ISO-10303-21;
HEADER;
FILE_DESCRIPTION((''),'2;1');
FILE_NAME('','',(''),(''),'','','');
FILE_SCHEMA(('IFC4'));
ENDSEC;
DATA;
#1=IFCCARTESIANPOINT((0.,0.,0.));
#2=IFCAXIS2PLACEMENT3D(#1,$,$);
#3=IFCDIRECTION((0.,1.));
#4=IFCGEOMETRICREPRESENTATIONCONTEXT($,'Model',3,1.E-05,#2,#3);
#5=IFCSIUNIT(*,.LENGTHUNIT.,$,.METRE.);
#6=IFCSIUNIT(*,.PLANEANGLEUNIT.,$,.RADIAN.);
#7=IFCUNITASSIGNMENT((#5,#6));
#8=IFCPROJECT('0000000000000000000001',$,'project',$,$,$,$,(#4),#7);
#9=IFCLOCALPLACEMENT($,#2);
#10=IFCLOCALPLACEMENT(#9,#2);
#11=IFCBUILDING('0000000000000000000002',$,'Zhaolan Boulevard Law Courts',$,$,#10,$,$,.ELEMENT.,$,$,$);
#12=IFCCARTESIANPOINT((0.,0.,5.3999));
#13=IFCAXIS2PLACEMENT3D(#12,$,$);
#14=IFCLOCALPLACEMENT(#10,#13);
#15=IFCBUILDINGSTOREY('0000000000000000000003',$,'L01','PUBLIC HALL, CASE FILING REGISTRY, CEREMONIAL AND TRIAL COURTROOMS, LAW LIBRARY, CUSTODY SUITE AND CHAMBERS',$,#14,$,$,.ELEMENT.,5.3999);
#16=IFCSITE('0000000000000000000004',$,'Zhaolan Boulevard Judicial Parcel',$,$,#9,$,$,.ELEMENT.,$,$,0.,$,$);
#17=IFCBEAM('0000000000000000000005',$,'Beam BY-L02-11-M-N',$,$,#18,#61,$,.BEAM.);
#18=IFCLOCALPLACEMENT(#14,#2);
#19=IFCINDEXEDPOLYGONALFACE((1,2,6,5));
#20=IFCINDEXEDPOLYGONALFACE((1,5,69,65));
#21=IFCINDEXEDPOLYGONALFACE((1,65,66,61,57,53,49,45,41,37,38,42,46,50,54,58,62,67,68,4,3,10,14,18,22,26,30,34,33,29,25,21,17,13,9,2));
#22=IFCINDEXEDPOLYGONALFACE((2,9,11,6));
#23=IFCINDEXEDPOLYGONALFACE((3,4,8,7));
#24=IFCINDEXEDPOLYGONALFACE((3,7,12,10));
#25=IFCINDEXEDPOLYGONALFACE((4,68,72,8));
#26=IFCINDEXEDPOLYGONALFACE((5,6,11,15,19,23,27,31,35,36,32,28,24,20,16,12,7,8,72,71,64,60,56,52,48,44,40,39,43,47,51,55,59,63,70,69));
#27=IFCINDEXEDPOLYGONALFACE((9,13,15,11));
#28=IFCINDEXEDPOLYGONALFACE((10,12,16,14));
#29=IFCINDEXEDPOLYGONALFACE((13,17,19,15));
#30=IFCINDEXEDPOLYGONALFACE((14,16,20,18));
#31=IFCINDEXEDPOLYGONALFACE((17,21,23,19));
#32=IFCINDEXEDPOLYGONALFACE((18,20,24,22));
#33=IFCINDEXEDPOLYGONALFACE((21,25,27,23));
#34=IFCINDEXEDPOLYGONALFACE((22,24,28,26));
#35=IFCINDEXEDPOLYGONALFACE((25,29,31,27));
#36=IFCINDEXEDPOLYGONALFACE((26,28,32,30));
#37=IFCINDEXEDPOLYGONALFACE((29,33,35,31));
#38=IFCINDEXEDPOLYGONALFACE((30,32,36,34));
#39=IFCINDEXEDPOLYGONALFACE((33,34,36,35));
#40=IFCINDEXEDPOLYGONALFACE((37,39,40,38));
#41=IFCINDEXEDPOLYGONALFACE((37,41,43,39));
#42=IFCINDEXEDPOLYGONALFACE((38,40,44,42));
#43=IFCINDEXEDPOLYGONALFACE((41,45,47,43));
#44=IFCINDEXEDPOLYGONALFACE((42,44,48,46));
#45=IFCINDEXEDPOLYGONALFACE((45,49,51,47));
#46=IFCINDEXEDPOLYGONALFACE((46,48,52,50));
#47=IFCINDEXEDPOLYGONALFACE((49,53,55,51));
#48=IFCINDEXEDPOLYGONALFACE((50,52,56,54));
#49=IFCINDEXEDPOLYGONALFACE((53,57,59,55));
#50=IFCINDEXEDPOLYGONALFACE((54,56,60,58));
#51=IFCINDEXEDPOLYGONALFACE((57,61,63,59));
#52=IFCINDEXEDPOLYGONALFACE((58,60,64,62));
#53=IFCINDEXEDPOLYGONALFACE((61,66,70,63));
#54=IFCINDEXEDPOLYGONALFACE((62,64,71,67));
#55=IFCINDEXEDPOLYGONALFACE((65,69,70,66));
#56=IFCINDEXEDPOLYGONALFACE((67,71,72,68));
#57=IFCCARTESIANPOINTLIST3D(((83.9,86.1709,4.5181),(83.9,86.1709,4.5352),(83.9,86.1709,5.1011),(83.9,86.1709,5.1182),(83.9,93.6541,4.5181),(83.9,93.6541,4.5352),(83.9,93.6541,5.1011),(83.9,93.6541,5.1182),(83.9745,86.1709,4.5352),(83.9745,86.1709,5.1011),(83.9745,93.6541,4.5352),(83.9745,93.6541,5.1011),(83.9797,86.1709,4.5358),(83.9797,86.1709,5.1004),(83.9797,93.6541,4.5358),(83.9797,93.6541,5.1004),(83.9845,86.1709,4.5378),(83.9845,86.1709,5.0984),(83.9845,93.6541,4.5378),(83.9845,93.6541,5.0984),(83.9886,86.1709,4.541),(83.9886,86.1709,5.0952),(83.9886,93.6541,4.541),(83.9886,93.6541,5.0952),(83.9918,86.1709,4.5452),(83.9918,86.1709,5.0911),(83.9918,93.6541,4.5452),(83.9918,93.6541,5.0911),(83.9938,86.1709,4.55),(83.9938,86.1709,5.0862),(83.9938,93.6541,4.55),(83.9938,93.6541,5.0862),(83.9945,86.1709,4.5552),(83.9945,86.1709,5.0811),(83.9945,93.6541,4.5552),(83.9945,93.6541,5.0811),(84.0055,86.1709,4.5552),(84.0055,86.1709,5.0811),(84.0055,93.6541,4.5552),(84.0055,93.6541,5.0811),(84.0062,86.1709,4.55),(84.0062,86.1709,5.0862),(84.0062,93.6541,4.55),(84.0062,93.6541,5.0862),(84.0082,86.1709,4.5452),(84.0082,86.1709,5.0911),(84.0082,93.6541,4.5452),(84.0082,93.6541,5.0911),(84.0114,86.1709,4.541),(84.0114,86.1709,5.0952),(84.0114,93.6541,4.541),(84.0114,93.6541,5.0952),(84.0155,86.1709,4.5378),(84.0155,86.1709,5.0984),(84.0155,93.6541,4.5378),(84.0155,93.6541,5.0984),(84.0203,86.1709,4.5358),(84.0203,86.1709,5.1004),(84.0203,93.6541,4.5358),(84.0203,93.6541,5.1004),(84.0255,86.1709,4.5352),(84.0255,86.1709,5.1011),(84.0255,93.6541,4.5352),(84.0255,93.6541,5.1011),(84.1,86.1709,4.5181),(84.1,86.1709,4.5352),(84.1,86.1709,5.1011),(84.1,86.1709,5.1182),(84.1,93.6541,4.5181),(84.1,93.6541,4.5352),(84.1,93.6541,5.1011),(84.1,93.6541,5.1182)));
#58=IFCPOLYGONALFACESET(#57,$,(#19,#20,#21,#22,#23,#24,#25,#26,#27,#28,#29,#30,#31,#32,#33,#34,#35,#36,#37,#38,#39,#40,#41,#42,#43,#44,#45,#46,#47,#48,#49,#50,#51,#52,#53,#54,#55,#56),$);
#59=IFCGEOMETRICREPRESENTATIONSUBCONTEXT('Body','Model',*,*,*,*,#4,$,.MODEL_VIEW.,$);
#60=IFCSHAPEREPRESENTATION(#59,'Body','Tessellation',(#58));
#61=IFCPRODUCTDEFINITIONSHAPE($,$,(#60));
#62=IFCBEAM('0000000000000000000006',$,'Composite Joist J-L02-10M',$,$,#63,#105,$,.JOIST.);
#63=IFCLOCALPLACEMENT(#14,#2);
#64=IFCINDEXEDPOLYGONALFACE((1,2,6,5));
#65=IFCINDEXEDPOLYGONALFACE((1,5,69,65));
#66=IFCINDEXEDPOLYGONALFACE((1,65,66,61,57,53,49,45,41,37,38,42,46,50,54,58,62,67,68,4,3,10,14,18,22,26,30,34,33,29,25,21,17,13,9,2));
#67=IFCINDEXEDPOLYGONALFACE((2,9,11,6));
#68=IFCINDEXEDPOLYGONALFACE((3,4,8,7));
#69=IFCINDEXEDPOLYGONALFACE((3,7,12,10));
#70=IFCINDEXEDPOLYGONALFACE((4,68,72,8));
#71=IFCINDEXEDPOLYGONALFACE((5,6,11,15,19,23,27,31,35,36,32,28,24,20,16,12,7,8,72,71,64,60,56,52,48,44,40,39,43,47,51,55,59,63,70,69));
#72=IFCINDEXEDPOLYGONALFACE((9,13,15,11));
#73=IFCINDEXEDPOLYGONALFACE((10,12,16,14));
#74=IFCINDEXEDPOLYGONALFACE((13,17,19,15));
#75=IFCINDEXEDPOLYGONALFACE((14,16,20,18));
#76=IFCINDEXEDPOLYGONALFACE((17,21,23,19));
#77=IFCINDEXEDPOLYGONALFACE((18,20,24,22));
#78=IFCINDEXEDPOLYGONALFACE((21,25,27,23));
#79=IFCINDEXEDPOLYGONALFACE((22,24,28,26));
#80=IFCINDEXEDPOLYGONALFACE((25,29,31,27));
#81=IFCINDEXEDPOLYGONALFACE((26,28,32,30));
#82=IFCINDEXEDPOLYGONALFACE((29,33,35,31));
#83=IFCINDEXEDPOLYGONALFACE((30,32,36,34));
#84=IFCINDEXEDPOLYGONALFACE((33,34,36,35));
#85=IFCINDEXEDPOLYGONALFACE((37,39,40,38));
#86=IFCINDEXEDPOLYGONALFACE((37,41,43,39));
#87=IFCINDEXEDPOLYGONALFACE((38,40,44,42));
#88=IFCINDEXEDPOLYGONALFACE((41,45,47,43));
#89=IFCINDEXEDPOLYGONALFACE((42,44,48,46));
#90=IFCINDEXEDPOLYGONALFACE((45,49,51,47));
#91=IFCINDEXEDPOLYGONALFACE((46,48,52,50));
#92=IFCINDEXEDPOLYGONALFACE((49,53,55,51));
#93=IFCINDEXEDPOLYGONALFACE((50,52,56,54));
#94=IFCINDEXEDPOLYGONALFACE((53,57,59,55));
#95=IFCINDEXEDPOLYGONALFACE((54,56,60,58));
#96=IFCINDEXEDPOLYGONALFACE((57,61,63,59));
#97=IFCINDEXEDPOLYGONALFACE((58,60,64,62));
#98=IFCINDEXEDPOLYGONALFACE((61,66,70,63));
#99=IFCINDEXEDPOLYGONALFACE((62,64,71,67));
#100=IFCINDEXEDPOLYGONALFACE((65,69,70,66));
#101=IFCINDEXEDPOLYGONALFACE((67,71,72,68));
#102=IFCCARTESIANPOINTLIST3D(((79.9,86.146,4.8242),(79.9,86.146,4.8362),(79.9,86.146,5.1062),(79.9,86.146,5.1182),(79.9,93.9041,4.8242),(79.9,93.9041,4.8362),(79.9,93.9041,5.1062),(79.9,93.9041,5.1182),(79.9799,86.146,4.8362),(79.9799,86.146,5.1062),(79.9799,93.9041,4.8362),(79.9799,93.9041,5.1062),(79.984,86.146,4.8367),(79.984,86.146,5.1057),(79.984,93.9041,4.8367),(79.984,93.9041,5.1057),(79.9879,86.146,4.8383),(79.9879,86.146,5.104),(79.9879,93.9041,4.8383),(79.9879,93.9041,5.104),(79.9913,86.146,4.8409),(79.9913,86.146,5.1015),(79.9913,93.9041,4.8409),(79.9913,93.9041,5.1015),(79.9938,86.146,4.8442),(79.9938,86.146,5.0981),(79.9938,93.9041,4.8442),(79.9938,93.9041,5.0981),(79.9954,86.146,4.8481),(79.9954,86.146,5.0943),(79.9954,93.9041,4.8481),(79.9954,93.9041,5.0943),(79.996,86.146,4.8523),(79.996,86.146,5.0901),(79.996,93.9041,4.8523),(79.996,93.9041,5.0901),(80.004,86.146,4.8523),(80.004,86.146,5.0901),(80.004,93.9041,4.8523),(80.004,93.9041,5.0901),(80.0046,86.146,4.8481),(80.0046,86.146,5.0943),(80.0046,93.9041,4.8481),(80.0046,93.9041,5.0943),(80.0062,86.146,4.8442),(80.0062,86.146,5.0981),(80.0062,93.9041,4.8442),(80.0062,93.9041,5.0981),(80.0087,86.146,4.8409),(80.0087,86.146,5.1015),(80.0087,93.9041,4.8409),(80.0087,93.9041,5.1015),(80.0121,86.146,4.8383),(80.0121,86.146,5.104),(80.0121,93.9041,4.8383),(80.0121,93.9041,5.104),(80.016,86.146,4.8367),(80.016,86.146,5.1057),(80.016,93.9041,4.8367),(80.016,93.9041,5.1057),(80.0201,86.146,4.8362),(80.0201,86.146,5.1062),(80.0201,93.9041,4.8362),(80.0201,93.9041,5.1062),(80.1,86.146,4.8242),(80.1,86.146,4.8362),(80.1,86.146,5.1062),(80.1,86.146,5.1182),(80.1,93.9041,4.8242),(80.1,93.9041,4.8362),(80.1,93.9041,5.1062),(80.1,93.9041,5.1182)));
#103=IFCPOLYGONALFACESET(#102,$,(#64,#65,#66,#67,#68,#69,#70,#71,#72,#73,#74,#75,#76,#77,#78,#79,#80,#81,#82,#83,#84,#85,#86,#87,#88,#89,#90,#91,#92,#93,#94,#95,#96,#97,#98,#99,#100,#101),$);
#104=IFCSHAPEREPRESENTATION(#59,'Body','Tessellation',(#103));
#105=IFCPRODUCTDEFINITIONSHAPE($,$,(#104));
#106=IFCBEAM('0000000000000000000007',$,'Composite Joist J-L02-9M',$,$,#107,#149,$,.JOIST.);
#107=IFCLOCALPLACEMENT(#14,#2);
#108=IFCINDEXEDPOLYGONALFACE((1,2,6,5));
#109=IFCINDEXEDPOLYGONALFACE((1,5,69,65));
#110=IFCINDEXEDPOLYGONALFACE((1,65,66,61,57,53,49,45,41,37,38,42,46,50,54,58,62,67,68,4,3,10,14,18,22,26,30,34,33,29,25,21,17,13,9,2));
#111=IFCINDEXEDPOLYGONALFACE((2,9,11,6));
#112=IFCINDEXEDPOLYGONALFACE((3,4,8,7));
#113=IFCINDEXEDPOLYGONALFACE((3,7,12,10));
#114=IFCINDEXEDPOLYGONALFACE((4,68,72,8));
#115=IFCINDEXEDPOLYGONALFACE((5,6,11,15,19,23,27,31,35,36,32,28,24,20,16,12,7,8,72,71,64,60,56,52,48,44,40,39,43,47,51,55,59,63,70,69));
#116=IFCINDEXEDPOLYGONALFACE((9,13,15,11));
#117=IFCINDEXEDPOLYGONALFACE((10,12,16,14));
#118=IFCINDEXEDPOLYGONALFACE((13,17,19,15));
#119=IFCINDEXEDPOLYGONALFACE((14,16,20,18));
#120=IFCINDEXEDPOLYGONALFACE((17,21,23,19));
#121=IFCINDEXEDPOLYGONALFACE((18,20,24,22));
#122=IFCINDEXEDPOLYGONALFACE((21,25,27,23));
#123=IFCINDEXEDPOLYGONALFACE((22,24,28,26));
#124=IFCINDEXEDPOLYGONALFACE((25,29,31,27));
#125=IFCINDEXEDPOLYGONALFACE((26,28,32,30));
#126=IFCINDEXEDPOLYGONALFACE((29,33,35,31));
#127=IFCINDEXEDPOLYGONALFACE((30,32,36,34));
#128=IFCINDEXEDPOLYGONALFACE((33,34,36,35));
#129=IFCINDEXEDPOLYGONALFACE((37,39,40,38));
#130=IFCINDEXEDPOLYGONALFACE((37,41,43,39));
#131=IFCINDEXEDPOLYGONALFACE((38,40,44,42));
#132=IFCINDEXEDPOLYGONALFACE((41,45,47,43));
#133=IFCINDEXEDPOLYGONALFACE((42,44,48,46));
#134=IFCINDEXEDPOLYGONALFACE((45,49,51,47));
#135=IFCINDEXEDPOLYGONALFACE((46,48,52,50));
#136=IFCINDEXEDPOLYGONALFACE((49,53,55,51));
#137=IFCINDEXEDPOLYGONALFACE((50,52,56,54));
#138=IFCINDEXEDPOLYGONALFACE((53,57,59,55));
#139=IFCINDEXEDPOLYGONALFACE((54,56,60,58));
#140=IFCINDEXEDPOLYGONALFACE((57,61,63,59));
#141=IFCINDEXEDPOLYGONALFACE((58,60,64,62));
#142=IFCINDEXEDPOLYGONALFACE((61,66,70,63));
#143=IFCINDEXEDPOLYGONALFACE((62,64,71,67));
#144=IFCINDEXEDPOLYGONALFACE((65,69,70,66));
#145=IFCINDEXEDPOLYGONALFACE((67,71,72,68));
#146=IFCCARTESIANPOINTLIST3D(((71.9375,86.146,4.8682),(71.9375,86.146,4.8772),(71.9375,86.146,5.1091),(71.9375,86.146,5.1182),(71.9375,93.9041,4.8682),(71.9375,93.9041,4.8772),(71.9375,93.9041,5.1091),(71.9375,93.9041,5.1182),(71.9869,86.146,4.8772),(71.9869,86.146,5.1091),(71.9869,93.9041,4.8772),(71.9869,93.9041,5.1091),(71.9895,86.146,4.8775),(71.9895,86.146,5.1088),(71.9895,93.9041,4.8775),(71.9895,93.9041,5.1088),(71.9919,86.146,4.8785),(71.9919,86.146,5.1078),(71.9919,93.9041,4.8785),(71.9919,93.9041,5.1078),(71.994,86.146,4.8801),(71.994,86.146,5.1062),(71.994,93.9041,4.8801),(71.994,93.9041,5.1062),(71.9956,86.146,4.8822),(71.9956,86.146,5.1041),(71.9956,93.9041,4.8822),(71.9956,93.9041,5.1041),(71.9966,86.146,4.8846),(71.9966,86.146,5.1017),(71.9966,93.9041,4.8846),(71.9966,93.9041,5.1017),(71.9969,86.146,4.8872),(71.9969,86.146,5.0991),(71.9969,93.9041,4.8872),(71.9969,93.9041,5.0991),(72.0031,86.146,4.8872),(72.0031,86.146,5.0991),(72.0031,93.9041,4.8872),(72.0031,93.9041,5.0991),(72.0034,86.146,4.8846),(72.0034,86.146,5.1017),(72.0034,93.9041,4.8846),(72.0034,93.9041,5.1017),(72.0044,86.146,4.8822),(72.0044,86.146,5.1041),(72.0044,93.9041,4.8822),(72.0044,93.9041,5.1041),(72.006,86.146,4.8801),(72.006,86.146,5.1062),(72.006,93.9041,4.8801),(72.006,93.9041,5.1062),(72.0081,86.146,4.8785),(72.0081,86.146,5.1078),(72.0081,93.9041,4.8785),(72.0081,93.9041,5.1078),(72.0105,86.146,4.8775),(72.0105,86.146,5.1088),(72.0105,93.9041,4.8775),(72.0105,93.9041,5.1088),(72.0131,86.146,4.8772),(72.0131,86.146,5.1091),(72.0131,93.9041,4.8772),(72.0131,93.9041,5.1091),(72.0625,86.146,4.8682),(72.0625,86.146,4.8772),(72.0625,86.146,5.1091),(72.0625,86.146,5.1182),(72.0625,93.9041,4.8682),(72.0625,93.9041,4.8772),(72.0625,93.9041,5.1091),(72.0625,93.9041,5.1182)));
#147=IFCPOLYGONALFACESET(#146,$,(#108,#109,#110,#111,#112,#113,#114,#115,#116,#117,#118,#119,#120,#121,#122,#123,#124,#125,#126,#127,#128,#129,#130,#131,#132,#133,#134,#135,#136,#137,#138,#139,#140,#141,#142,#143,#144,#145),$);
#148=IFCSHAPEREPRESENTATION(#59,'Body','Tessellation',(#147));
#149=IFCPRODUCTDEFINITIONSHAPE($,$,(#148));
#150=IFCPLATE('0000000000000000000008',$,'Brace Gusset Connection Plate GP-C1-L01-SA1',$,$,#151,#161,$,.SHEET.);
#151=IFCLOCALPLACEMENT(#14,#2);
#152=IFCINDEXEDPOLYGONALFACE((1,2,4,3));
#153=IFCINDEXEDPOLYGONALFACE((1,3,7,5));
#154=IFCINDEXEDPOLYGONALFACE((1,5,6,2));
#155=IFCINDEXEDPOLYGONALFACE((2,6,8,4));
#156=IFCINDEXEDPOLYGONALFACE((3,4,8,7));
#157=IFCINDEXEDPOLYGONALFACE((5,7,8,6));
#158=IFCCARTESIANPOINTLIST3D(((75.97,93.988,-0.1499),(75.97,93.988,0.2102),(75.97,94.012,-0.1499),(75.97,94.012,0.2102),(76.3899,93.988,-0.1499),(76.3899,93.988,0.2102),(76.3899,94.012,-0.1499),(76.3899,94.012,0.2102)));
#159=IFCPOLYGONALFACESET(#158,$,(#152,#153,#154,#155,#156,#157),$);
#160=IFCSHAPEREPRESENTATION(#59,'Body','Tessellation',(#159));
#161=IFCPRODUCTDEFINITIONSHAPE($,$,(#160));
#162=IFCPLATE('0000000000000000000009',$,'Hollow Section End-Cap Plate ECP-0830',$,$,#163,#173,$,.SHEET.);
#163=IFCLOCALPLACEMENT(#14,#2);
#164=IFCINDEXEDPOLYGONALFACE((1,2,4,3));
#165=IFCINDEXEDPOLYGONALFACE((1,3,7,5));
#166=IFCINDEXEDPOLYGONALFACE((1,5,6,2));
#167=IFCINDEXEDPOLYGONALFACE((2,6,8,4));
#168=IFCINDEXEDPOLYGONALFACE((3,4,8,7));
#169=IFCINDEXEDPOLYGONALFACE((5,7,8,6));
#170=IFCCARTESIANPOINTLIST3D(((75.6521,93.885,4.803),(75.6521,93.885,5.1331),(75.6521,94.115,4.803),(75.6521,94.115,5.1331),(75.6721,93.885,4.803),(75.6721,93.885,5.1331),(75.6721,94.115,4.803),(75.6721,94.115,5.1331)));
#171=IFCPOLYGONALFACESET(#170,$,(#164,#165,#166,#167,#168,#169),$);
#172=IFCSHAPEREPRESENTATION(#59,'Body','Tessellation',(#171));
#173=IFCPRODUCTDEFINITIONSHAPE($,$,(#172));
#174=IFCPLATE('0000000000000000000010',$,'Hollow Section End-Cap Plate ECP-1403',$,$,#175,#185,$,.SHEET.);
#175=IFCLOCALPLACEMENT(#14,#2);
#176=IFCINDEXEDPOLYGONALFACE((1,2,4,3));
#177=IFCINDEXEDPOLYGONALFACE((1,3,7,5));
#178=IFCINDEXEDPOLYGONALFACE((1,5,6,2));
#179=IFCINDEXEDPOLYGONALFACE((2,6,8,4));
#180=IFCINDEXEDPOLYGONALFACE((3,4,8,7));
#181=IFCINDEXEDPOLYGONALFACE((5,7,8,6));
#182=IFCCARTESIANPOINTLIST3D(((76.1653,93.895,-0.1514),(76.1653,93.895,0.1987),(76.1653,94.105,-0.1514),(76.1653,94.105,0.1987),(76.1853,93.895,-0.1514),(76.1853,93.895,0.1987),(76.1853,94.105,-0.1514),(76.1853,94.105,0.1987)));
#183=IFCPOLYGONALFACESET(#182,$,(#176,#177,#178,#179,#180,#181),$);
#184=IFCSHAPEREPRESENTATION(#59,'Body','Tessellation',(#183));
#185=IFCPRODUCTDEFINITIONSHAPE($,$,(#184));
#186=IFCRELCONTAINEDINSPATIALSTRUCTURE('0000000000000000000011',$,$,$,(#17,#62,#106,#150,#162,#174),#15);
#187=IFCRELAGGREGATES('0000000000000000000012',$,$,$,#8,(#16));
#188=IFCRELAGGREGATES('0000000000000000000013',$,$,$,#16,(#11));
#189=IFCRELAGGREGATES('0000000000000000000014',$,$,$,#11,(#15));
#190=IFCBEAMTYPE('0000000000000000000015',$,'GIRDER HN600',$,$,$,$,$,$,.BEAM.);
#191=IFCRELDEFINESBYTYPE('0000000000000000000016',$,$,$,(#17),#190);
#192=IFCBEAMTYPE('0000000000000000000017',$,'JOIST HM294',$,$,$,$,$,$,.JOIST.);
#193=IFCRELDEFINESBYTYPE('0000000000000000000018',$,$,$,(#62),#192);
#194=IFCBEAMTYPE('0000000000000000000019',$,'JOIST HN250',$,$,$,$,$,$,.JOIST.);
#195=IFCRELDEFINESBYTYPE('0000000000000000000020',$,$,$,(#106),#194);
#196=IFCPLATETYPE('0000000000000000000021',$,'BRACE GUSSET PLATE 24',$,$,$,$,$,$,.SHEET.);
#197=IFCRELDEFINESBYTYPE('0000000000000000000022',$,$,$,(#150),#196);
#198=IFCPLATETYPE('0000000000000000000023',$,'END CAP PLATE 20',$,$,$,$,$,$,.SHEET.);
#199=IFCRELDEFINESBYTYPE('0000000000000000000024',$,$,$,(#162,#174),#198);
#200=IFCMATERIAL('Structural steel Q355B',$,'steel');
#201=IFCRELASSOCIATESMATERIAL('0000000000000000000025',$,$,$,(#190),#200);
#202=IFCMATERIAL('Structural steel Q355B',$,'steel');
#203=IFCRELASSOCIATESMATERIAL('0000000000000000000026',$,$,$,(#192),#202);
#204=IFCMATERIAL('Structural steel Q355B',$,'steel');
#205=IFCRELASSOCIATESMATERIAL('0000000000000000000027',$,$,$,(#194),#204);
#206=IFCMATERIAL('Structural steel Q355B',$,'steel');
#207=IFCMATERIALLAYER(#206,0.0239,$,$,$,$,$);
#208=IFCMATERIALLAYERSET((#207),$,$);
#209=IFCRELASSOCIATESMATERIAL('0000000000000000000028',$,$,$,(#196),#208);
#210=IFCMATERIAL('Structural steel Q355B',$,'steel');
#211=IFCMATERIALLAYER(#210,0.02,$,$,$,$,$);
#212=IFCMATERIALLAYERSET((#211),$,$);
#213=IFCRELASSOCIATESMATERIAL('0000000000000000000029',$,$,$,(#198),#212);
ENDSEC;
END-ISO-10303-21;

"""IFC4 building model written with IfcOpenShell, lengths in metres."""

from ifc_helpers import new_model, si_unit, direction, frame, origin, origin_2d, place, context, subcontext, project, spatial, rectangle, i_section, extrude, material, layer, layer_set, material_profile, profile_set, type_object, element, save


model = new_model("IFC4")

# Units and contexts
model_context = context("Model", 3, precision=1e-05, world=origin(), true_north=direction((0.0, 1.0)))
body_context = subcontext(model_context, "Body", "Model", "MODEL_VIEW")
ifc_project = project(units=[si_unit("LENGTHUNIT", "METRE"), si_unit("PLANEANGLEUNIT", "RADIAN")], contexts=[model_context])

# Site, building, storey
site_placement = place(None, origin())
site = spatial("IfcSite", under=ifc_project, at=site_placement, Name="Zhaolan Boulevard Judicial Parcel", CompositionType="ELEMENT", RefElevation=0.0)
building_placement = place(site_placement, origin())
building = spatial("IfcBuilding", under=site, at=building_placement, Name="Zhaolan Boulevard Law Courts", CompositionType="ELEMENT")
storey_placement = place(building_placement, frame((0.0, 0.0, 5.3999)))
storey = spatial("IfcBuildingStorey", under=building, at=storey_placement, Name="L01", Description="PUBLIC HALL, CASE FILING REGISTRY, CEREMONIAL AND TRIAL COURTROOMS, LAW LIBRARY, CUSTODY SUITE AND CHAMBERS", CompositionType="ELEMENT", Elevation=5.3999)

# Beams
ifc_material_1 = material(Name="Structural steel Q355B", Category="steel")
ifc_material_profile_1 = material_profile(ifc_material_1, i_section(OverallWidth=0.2, OverallDepth=0.6001, WebThickness=0.011, FlangeThickness=0.0171, FilletRadius=0.02, at=origin_2d()), Name="HN600x200")
ifc_profile_set_1 = profile_set([ifc_material_profile_1], Name="Structural steel Q355B")
beam_type_1 = type_object("IfcBeamType", Name="GIRDER HN600", PredefinedType="BEAM", material=ifc_profile_set_1)
for number, where, z_axis, x_axis, name in (
    (1, (84.0, 86.1709, 4.8181), (0.0, 1.0, 0.0), (-1.0, 0.0, 0.0), "Beam BY-L02-11-M-N"),
):
    element("IfcBeam", number, at=place(storey_placement, frame(where, z_axis=z_axis, x_axis=x_axis)), inside=storey, type_object=beam_type_1, Name=name, PredefinedType="BEAM", context=body_context, shape_type="SweptSolid", body=[
        extrude(i_section(OverallWidth=0.2, OverallDepth=0.6001, WebThickness=0.011, FlangeThickness=0.0171, FilletRadius=0.02, at=origin_2d()), origin(), (0.0, 0.0, 1.0), 7.4832),
    ])
ifc_material_2 = material(Name="Structural steel Q355B", Category="steel")
ifc_material_profile_2 = material_profile(ifc_material_2, i_section(OverallWidth=0.2, OverallDepth=0.2939, WebThickness=0.0081, FlangeThickness=0.012, FilletRadius=0.0161, at=origin_2d()), Name="HM294x200")
ifc_profile_set_2 = profile_set([ifc_material_profile_2], Name="Structural steel Q355B")
beam_type_2 = type_object("IfcBeamType", Name="JOIST HM294", PredefinedType="JOIST", material=ifc_profile_set_2)
beam_1_placement = place(storey_placement, frame((80.0, 86.146, 4.9712), z_axis=(0.0, 1.0, 0.0), x_axis=(-1.0, 0.0, 0.0)))
element("IfcBeam", 2, at=beam_1_placement, inside=storey, type_object=beam_type_2, Name="Composite Joist J-L02-10M", PredefinedType="JOIST", context=body_context, shape_type="SweptSolid", body=[
    extrude(i_section(OverallWidth=0.2, OverallDepth=0.2939, WebThickness=0.0081, FlangeThickness=0.012, FilletRadius=0.0161, at=origin_2d()), origin(), (0.0, 0.0, 1.0), 7.7581),
])
ifc_material_3 = material(Name="Structural steel Q355B", Category="steel")
ifc_material_profile_3 = material_profile(ifc_material_3, i_section(OverallWidth=0.125, OverallDepth=0.25, WebThickness=0.0061, FlangeThickness=0.009, FilletRadius=0.01, at=origin_2d()), Name="HN250x125")
ifc_profile_set_3 = profile_set([ifc_material_profile_3], Name="Structural steel Q355B")
beam_type_3 = type_object("IfcBeamType", Name="JOIST HN250", PredefinedType="JOIST", material=ifc_profile_set_3)
beam_2_placement = place(storey_placement, frame((72.0, 86.146, 4.9932), z_axis=(0.0, 1.0, 0.0), x_axis=(-1.0, 0.0, 0.0)))
element("IfcBeam", 3, at=beam_2_placement, inside=storey, type_object=beam_type_3, Name="Composite Joist J-L02-9M", PredefinedType="JOIST", context=body_context, shape_type="SweptSolid", body=[
    extrude(i_section(OverallWidth=0.125, OverallDepth=0.25, WebThickness=0.0061, FlangeThickness=0.009, FilletRadius=0.01, at=origin_2d()), origin(), (0.0, 0.0, 1.0), 7.7581),
])

# Plates
ifc_material_4 = material(Name="Structural steel Q355B", Category="steel")
ifc_layer_1 = layer(ifc_material_4, 0.0239)
ifc_layer_set_1 = layer_set([ifc_layer_1])
plate_type_1 = type_object("IfcPlateType", Name="BRACE GUSSET PLATE 24", PredefinedType="SHEET", material=ifc_layer_set_1)
plate_1_placement = place(storey_placement, frame((76.1799, 94.0, -0.1499), z_axis=(0.0, 0.0, 1.0), x_axis=(1.0, 0.0, 0.0)))
element("IfcPlate", 4, at=plate_1_placement, inside=storey, type_object=plate_type_1, Name="Brace Gusset Connection Plate GP-C1-L01-SA1", PredefinedType="SHEET", context=body_context, shape_type="SweptSolid", body=[
    extrude(rectangle(XDim=0.4199, YDim=0.0239, at=origin_2d()), origin(), (0.0, 0.0, 1.0), 0.3601),
])
ifc_material_5 = material(Name="Structural steel Q355B", Category="steel")
ifc_layer_2 = layer(ifc_material_5, 0.02)
ifc_layer_set_2 = layer_set([ifc_layer_2])
plate_type_2 = type_object("IfcPlateType", Name="END CAP PLATE 20", PredefinedType="SHEET", material=ifc_layer_set_2)
plate_2_placement = place(storey_placement, frame((75.6621, 94.0, 4.803), z_axis=(0.0, 0.0, 1.0), x_axis=(1.0, 0.0, 0.0)))
element("IfcPlate", 5, at=plate_2_placement, inside=storey, type_object=plate_type_2, Name="Hollow Section End-Cap Plate ECP-0830", PredefinedType="SHEET", context=body_context, shape_type="SweptSolid", body=[
    extrude(rectangle(XDim=0.02, YDim=0.23, at=origin_2d()), origin(), (0.0, 0.0, 1.0), 0.3301),
])
plate_3_placement = place(storey_placement, frame((76.1753, 94.0, -0.1514), z_axis=(0.0, 0.0, 1.0), x_axis=(1.0, 0.0, 0.0)))
element("IfcPlate", 6, at=plate_3_placement, inside=storey, type_object=plate_type_2, Name="Hollow Section End-Cap Plate ECP-1403", PredefinedType="SHEET", context=body_context, shape_type="SweptSolid", body=[
    extrude(rectangle(XDim=0.02, YDim=0.21, at=origin_2d()), origin(), (0.0, 0.0, 1.0), 0.3501),
])

save(model, "model.ifc")
